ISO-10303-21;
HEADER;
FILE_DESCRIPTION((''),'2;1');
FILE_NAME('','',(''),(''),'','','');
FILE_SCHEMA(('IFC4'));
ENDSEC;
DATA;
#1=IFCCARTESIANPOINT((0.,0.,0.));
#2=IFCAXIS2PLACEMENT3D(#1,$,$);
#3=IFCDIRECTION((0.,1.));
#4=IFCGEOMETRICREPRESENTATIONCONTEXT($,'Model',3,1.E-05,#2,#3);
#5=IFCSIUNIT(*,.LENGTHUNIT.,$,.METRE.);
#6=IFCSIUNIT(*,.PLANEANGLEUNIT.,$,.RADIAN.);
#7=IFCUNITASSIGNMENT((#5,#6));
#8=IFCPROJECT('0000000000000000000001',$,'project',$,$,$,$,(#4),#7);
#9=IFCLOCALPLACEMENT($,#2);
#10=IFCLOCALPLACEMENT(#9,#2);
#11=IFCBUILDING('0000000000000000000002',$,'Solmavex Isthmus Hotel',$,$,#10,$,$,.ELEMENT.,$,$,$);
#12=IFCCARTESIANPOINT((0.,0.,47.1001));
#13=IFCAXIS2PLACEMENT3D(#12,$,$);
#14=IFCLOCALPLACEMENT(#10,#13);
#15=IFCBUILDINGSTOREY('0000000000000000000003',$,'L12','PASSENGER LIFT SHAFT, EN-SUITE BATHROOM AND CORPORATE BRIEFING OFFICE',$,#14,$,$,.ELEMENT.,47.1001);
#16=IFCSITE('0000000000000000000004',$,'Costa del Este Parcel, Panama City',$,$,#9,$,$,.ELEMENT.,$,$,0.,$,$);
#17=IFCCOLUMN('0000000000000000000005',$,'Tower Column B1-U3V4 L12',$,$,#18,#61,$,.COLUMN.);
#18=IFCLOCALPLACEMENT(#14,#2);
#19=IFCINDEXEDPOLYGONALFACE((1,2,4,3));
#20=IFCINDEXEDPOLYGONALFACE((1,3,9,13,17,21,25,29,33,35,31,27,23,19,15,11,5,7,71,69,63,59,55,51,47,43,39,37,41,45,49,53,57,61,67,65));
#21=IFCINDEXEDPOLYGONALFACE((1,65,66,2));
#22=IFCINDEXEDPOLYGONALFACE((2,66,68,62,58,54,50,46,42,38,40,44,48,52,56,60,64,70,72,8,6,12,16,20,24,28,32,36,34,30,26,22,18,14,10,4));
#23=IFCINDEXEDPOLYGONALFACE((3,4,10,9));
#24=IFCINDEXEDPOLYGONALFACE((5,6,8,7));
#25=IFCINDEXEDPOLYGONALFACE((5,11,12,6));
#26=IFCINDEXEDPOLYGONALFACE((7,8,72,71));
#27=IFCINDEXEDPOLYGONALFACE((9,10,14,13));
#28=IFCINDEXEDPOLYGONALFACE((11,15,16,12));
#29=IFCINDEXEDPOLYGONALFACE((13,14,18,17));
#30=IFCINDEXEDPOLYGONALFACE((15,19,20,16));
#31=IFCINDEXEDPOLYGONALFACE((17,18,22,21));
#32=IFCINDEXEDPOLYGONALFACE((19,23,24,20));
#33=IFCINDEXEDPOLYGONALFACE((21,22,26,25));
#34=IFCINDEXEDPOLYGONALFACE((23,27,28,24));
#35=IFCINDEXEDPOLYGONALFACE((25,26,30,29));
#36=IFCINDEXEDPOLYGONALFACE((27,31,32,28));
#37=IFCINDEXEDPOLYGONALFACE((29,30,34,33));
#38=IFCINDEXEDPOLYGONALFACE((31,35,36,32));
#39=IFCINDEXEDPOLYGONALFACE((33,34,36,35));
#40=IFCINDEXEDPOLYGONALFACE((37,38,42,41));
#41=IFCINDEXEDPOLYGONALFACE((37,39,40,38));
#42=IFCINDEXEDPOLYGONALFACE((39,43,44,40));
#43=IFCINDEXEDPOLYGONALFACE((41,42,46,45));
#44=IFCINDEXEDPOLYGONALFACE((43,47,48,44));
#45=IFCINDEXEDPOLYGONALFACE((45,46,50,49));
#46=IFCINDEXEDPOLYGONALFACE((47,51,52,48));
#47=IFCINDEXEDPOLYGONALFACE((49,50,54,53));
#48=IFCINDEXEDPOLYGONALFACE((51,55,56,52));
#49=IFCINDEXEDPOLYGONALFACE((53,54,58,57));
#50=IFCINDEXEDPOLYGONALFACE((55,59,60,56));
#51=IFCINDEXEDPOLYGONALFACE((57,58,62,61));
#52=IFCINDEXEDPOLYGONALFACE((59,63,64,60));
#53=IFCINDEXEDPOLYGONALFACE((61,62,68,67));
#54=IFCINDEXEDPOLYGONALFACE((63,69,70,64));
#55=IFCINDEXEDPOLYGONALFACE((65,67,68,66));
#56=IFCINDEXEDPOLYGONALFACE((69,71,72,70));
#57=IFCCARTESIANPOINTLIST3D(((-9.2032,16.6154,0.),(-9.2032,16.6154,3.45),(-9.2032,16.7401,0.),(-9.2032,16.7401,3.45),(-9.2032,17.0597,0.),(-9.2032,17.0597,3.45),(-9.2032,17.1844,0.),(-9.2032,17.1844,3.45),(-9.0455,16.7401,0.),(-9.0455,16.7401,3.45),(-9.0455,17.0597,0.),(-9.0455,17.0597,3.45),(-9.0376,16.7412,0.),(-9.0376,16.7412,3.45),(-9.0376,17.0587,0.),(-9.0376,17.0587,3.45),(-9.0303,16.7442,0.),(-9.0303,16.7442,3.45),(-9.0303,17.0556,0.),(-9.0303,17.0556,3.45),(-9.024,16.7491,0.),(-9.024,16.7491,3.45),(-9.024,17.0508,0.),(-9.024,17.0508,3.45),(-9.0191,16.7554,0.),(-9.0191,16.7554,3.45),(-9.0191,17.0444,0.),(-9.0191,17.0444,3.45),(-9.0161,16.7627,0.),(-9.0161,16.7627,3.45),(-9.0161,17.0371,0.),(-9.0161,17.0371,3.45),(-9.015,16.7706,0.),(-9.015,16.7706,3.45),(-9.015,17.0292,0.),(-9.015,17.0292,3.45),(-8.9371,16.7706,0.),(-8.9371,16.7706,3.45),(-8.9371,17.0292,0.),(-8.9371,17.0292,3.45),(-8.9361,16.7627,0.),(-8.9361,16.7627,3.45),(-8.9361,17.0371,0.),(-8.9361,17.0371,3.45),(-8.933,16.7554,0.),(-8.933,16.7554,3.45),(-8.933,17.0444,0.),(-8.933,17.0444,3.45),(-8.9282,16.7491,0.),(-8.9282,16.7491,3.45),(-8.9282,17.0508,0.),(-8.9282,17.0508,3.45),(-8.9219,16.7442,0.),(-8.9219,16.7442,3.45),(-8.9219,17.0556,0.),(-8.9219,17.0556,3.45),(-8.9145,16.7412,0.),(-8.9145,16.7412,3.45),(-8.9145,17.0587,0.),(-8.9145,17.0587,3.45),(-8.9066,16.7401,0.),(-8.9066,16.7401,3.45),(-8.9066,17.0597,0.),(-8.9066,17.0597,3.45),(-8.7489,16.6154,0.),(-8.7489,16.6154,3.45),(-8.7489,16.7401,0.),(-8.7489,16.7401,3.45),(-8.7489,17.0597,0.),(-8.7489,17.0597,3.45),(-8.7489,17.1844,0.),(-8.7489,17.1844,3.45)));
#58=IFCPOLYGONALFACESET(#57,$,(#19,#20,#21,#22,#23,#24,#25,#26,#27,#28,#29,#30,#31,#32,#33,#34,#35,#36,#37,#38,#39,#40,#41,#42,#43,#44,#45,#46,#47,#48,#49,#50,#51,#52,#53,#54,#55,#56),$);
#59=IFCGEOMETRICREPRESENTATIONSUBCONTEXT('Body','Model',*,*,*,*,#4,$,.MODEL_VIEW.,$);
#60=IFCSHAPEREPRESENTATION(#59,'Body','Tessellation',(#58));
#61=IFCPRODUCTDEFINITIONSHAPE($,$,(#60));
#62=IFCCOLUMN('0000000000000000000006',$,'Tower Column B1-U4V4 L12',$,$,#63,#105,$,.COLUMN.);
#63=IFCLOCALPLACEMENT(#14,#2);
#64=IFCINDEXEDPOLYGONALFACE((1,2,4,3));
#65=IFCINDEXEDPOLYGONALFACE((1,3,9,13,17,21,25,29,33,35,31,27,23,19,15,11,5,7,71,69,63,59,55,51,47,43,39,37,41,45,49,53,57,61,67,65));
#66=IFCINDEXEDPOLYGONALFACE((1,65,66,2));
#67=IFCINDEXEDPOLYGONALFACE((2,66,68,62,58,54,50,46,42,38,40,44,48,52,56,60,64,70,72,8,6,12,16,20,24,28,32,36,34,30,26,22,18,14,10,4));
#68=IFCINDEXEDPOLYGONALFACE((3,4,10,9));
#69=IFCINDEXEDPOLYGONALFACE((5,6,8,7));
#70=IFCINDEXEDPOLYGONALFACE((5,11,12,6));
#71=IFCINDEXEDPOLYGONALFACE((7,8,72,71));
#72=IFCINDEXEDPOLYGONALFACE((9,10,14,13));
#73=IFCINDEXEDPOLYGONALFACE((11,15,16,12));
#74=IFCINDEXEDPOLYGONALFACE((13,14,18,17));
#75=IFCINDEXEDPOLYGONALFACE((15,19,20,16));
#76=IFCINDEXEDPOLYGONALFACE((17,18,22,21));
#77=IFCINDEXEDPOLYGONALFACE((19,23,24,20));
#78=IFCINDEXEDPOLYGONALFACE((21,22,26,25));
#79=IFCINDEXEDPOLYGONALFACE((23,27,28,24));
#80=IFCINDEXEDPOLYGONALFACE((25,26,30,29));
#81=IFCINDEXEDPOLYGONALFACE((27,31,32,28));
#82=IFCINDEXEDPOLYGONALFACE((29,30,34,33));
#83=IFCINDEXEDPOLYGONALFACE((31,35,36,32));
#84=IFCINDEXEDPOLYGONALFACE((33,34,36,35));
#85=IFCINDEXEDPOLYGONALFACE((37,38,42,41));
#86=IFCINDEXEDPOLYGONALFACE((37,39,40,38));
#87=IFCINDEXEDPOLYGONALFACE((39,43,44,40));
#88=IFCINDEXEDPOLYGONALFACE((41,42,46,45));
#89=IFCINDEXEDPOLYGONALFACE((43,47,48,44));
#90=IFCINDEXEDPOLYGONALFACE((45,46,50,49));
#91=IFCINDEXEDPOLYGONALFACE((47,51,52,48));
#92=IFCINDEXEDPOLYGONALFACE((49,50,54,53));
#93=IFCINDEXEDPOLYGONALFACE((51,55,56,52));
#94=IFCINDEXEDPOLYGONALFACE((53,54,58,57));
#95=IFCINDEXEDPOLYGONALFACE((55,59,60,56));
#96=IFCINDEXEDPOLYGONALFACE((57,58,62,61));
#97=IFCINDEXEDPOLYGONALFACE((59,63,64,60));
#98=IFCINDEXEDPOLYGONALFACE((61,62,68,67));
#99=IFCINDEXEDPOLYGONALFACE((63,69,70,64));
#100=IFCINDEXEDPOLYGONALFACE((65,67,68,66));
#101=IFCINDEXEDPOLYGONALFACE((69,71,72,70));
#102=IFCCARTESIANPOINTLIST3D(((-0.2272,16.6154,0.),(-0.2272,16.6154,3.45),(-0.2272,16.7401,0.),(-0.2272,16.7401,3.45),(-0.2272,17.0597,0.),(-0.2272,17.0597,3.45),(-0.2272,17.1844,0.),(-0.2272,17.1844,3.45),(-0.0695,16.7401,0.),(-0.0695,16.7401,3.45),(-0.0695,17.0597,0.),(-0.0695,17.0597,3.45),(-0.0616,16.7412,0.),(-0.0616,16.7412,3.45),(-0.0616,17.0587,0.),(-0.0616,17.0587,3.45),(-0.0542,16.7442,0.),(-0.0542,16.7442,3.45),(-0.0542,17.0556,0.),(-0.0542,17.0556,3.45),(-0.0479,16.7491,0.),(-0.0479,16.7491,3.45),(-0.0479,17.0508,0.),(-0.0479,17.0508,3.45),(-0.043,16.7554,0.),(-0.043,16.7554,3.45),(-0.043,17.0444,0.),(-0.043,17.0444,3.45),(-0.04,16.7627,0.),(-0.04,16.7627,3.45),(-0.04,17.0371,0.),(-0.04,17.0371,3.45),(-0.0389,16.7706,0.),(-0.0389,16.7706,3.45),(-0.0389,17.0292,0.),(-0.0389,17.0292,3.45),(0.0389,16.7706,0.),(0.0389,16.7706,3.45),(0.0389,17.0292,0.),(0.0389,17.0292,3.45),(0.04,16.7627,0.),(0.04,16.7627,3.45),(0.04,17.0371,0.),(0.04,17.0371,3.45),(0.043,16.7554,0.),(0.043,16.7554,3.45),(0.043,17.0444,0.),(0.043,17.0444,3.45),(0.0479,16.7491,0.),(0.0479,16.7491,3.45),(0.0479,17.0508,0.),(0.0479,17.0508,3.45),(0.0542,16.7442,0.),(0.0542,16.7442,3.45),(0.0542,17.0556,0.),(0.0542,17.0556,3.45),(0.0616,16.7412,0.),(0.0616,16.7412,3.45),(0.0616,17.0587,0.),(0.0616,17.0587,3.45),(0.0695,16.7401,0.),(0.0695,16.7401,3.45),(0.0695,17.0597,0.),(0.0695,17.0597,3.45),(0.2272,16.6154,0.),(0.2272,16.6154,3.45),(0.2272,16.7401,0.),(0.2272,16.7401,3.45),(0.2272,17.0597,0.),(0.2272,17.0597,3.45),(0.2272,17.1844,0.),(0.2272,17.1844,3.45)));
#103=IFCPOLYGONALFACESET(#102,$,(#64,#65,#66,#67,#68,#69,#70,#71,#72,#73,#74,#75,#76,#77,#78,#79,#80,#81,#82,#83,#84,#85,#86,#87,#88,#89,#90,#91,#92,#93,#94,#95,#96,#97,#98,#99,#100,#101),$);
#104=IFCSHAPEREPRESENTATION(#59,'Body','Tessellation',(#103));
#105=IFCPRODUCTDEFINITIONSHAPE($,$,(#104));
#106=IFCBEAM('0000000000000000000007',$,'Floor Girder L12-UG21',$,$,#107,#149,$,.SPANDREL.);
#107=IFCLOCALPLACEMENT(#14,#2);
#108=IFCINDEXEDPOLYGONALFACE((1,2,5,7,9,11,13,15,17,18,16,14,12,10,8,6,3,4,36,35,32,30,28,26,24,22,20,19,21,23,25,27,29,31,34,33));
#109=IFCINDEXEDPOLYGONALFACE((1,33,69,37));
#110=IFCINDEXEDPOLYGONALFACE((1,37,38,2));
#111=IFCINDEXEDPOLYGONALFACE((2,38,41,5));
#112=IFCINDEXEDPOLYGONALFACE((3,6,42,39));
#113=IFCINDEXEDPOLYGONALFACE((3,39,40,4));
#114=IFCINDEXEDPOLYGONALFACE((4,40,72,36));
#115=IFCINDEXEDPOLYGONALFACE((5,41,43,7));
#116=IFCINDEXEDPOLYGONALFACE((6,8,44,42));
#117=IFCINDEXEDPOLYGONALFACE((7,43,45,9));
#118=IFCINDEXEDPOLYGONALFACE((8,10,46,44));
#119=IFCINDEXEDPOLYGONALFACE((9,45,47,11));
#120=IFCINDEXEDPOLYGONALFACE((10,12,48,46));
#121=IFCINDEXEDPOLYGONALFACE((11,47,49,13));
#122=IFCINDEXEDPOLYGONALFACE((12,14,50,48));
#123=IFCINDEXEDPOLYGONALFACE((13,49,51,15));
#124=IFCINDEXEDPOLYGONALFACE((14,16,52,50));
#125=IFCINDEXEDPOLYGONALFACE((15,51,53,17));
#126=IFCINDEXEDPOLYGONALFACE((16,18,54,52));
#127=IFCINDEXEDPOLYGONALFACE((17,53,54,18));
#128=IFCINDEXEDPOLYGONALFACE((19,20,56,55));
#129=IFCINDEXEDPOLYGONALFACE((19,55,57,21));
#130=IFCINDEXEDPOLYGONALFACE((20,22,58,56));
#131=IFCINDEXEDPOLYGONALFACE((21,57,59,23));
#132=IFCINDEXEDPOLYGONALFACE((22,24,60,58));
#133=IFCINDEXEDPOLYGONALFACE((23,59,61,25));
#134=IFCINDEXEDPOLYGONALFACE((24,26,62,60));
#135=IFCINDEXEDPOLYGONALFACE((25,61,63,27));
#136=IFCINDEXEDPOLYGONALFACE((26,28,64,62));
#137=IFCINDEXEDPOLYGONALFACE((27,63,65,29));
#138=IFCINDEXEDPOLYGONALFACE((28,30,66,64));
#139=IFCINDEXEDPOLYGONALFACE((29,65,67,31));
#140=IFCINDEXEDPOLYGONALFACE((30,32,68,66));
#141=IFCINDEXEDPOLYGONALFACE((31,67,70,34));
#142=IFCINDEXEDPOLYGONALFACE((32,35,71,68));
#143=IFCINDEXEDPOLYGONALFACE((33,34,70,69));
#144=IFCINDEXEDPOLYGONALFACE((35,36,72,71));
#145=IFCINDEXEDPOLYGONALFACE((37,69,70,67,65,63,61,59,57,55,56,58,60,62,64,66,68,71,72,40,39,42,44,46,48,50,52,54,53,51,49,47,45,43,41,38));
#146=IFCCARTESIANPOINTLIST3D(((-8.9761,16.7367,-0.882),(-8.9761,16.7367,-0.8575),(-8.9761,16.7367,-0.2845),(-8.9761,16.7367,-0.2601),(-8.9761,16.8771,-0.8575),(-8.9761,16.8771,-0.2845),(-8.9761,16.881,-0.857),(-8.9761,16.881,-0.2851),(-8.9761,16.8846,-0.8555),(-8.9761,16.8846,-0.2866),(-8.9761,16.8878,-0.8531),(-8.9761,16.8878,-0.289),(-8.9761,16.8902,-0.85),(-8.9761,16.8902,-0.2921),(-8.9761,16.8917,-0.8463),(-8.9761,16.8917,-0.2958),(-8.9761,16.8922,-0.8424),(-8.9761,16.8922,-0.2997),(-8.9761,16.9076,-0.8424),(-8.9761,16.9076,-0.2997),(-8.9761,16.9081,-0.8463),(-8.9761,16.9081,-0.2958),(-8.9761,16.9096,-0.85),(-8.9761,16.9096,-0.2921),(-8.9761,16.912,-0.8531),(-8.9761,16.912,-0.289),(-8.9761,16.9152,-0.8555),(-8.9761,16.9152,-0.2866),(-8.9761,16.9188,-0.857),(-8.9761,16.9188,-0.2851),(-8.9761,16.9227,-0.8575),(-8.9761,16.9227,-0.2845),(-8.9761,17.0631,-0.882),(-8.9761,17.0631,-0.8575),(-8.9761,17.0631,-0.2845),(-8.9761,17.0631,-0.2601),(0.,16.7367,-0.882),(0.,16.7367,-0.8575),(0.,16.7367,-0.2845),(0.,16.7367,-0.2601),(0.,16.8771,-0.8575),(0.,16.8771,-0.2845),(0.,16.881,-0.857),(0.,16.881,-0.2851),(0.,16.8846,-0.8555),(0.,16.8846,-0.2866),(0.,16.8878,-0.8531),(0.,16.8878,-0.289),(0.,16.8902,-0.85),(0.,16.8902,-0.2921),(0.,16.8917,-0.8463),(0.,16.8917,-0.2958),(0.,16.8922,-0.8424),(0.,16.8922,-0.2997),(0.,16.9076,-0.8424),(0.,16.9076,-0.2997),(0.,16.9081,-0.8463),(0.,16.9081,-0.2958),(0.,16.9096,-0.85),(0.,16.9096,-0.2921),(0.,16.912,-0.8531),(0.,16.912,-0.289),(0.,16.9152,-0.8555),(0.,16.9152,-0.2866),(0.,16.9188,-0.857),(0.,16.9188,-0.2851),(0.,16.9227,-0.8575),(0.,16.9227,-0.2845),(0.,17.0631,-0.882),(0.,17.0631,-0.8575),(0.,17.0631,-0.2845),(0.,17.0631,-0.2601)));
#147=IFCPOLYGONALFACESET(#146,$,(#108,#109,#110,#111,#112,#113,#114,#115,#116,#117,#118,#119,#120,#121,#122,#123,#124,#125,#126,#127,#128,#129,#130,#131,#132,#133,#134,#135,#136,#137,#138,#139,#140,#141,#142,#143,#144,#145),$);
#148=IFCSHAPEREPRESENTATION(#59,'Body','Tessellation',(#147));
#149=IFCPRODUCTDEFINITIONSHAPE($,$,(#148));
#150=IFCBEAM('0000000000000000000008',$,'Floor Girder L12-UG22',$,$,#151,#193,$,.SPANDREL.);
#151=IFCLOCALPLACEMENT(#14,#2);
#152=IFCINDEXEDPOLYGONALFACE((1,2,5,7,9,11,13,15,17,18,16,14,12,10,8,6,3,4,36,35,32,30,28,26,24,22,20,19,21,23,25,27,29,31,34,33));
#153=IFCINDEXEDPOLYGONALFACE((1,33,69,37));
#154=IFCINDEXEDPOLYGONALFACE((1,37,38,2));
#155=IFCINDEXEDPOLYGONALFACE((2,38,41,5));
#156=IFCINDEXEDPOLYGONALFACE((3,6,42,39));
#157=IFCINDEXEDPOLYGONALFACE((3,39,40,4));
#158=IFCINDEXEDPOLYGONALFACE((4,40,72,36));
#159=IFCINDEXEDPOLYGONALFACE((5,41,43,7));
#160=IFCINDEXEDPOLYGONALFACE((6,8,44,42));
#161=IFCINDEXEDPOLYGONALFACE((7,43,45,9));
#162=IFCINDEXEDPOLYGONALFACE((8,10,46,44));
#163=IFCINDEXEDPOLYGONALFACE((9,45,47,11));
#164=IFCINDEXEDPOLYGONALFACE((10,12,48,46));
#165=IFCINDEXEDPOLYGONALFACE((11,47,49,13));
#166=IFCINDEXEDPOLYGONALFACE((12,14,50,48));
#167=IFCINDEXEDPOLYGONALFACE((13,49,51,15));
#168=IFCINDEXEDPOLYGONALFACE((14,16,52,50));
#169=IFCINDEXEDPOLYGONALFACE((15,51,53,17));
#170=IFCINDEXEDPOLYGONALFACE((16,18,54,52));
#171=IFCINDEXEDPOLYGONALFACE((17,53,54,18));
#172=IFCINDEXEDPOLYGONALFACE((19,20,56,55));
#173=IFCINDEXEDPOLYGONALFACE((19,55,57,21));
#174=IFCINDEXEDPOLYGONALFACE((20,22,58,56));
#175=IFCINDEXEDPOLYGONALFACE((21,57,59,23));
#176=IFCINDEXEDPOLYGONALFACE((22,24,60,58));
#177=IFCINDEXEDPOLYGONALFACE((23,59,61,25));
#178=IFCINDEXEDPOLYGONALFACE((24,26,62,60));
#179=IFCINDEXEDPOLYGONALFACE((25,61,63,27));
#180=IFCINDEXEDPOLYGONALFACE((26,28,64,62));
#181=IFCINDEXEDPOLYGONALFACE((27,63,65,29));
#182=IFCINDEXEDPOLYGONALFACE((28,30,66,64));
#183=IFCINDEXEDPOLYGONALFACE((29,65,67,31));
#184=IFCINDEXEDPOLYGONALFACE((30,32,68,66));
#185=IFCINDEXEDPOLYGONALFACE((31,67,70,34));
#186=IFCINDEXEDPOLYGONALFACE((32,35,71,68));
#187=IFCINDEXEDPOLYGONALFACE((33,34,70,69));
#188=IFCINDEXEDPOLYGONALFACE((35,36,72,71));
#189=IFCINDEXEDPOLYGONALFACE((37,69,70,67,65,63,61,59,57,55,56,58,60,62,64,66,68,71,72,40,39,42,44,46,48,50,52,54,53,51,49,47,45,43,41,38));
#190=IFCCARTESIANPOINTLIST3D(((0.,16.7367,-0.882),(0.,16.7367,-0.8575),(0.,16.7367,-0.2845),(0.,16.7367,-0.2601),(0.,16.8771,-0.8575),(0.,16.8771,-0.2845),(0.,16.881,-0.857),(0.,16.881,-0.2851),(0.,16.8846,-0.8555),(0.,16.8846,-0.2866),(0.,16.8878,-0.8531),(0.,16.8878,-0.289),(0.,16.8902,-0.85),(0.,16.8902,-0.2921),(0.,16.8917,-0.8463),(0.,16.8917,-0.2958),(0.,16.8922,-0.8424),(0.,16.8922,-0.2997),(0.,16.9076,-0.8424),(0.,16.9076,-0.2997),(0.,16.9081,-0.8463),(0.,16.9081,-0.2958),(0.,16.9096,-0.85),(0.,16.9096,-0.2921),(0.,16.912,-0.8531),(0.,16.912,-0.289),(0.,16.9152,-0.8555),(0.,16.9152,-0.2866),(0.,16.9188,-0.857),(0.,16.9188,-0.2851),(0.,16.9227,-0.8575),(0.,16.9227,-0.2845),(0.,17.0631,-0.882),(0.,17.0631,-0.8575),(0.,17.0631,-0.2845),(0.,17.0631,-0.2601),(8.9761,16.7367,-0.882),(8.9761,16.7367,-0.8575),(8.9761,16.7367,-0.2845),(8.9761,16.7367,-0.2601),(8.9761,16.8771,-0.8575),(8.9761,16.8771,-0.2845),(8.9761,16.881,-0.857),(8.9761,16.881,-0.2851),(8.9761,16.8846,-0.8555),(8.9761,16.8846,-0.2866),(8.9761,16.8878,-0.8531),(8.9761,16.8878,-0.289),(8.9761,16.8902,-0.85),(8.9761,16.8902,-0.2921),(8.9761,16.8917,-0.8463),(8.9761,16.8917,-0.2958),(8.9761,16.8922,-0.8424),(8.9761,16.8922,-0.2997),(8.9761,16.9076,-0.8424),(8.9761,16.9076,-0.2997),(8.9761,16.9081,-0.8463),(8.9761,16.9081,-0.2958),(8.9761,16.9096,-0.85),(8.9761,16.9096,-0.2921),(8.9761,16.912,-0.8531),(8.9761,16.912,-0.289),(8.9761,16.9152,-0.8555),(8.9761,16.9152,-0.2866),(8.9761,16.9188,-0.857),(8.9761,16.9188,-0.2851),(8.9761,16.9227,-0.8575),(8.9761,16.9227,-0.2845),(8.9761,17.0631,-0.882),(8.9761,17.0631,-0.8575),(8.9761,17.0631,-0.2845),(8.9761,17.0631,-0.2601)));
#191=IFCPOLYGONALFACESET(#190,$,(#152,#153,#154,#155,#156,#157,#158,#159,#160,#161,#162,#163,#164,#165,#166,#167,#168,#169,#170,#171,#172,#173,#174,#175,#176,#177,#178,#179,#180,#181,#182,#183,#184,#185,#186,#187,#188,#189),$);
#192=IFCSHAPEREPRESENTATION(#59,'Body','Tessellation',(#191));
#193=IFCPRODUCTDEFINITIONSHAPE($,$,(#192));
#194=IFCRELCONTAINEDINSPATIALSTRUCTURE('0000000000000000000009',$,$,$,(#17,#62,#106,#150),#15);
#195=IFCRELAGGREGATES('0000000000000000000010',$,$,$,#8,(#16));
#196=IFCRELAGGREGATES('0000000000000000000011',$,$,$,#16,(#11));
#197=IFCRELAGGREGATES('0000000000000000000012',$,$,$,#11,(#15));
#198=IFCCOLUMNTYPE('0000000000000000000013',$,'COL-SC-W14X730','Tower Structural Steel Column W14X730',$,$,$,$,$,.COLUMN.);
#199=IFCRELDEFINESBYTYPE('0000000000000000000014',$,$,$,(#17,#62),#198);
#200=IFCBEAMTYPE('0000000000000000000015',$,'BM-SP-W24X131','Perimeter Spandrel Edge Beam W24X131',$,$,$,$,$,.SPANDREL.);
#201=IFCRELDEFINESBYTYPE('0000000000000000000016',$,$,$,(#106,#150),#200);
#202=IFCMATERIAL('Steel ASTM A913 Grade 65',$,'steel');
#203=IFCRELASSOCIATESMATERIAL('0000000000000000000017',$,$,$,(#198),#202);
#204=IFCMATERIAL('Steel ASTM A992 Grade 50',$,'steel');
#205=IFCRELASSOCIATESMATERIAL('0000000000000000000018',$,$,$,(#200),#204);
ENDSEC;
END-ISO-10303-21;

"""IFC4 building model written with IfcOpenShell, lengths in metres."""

from ifc_helpers import new_model, si_unit, direction, frame, origin, origin_2d, place, context, subcontext, project, spatial, i_section, extrude, material, material_profile, profile_set, type_object, element, save


model = new_model("IFC4")

# Units and contexts
model_context = context("Model", 3, precision=1e-05, world=origin(), true_north=direction((0.0, 1.0)))
body_context = subcontext(model_context, "Body", "Model", "MODEL_VIEW")
ifc_project = project(units=[si_unit("LENGTHUNIT", "METRE"), si_unit("PLANEANGLEUNIT", "RADIAN")], contexts=[model_context])

# Site, building, storey
site_placement = place(None, origin())
site = spatial("IfcSite", under=ifc_project, at=site_placement, Name="Costa del Este Parcel, Panama City", CompositionType="ELEMENT", RefElevation=0.0)
building_placement = place(site_placement, origin())
building = spatial("IfcBuilding", under=site, at=building_placement, Name="Solmavex Isthmus Hotel", CompositionType="ELEMENT")
storey_placement = place(building_placement, frame((0.0, 0.0, 47.1001)))
storey = spatial("IfcBuildingStorey", under=building, at=storey_placement, Name="L12", Description="PASSENGER LIFT SHAFT, EN-SUITE BATHROOM AND CORPORATE BRIEFING OFFICE", CompositionType="ELEMENT", Elevation=47.1001)

# Columns
ifc_material_1 = material(Name="Steel ASTM A913 Grade 65", Category="steel")
ifc_material_profile_1 = material_profile(ifc_material_1, i_section(OverallWidth=0.4543, OverallDepth=0.5691, WebThickness=0.0779, FlangeThickness=0.1248, FilletRadius=0.0305, at=origin_2d()), Name="W14X730")
ifc_profile_set_1 = profile_set([ifc_material_profile_1], Name="Steel ASTM A913 Grade 65")
column_type = type_object("IfcColumnType", Name="COL-SC-W14X730", Description="Tower Structural Steel Column W14X730", PredefinedType="COLUMN", material=ifc_profile_set_1)
for number, where, z_axis, x_axis, name in (
    (1, (-8.9761, 16.8999, 0.0), (0.0, 0.0, 1.0), (1.0, 0.0, 0.0), "Tower Column B1-U3V4 L12"),
    (2, (0.0, 16.8999, 0.0), (0.0, 0.0, 1.0), (1.0, 0.0, 0.0), "Tower Column B1-U4V4 L12"),
):
    element("IfcColumn", number, at=place(storey_placement, frame(where, z_axis=z_axis, x_axis=x_axis)), inside=storey, type_object=column_type, Name=name, PredefinedType="COLUMN", context=body_context, shape_type="SweptSolid", body=[
        extrude(i_section(OverallWidth=0.4543, OverallDepth=0.5691, WebThickness=0.0779, FlangeThickness=0.1248, FilletRadius=0.0305, at=origin_2d()), origin(), (0.0, 0.0, 1.0), 3.45),
    ])

# Beams
ifc_material_2 = material(Name="Steel ASTM A992 Grade 50", Category="steel")
ifc_material_profile_2 = material_profile(ifc_material_2, i_section(OverallWidth=0.3264, OverallDepth=0.6218, WebThickness=0.0154, FlangeThickness=0.0244, FilletRadius=0.0151, at=origin_2d()), Name="W24X131")
ifc_profile_set_2 = profile_set([ifc_material_profile_2], Name="Steel ASTM A992 Grade 50")
beam_type = type_object("IfcBeamType", Name="BM-SP-W24X131", Description="Perimeter Spandrel Edge Beam W24X131", PredefinedType="SPANDREL", material=ifc_profile_set_2)
for number, where, z_axis, x_axis, name in (
    (3, (-8.9761, 16.8999, -0.571), (1.0, 0.0, 0.0), (0.0, 1.0, 0.0), "Floor Girder L12-UG21"),
    (4, (0.0, 16.8999, -0.571), (1.0, 0.0, 0.0), (0.0, 1.0, 0.0), "Floor Girder L12-UG22"),
):
    element("IfcBeam", number, at=place(storey_placement, frame(where, z_axis=z_axis, x_axis=x_axis)), inside=storey, type_object=beam_type, Name=name, PredefinedType="SPANDREL", context=body_context, shape_type="SweptSolid", body=[
        extrude(i_section(OverallWidth=0.3264, OverallDepth=0.6218, WebThickness=0.0154, FlangeThickness=0.0244, FilletRadius=0.0151, at=origin_2d()), origin(), (0.0, 0.0, 1.0), 8.9761),
    ])

save(model, "model.ifc")
